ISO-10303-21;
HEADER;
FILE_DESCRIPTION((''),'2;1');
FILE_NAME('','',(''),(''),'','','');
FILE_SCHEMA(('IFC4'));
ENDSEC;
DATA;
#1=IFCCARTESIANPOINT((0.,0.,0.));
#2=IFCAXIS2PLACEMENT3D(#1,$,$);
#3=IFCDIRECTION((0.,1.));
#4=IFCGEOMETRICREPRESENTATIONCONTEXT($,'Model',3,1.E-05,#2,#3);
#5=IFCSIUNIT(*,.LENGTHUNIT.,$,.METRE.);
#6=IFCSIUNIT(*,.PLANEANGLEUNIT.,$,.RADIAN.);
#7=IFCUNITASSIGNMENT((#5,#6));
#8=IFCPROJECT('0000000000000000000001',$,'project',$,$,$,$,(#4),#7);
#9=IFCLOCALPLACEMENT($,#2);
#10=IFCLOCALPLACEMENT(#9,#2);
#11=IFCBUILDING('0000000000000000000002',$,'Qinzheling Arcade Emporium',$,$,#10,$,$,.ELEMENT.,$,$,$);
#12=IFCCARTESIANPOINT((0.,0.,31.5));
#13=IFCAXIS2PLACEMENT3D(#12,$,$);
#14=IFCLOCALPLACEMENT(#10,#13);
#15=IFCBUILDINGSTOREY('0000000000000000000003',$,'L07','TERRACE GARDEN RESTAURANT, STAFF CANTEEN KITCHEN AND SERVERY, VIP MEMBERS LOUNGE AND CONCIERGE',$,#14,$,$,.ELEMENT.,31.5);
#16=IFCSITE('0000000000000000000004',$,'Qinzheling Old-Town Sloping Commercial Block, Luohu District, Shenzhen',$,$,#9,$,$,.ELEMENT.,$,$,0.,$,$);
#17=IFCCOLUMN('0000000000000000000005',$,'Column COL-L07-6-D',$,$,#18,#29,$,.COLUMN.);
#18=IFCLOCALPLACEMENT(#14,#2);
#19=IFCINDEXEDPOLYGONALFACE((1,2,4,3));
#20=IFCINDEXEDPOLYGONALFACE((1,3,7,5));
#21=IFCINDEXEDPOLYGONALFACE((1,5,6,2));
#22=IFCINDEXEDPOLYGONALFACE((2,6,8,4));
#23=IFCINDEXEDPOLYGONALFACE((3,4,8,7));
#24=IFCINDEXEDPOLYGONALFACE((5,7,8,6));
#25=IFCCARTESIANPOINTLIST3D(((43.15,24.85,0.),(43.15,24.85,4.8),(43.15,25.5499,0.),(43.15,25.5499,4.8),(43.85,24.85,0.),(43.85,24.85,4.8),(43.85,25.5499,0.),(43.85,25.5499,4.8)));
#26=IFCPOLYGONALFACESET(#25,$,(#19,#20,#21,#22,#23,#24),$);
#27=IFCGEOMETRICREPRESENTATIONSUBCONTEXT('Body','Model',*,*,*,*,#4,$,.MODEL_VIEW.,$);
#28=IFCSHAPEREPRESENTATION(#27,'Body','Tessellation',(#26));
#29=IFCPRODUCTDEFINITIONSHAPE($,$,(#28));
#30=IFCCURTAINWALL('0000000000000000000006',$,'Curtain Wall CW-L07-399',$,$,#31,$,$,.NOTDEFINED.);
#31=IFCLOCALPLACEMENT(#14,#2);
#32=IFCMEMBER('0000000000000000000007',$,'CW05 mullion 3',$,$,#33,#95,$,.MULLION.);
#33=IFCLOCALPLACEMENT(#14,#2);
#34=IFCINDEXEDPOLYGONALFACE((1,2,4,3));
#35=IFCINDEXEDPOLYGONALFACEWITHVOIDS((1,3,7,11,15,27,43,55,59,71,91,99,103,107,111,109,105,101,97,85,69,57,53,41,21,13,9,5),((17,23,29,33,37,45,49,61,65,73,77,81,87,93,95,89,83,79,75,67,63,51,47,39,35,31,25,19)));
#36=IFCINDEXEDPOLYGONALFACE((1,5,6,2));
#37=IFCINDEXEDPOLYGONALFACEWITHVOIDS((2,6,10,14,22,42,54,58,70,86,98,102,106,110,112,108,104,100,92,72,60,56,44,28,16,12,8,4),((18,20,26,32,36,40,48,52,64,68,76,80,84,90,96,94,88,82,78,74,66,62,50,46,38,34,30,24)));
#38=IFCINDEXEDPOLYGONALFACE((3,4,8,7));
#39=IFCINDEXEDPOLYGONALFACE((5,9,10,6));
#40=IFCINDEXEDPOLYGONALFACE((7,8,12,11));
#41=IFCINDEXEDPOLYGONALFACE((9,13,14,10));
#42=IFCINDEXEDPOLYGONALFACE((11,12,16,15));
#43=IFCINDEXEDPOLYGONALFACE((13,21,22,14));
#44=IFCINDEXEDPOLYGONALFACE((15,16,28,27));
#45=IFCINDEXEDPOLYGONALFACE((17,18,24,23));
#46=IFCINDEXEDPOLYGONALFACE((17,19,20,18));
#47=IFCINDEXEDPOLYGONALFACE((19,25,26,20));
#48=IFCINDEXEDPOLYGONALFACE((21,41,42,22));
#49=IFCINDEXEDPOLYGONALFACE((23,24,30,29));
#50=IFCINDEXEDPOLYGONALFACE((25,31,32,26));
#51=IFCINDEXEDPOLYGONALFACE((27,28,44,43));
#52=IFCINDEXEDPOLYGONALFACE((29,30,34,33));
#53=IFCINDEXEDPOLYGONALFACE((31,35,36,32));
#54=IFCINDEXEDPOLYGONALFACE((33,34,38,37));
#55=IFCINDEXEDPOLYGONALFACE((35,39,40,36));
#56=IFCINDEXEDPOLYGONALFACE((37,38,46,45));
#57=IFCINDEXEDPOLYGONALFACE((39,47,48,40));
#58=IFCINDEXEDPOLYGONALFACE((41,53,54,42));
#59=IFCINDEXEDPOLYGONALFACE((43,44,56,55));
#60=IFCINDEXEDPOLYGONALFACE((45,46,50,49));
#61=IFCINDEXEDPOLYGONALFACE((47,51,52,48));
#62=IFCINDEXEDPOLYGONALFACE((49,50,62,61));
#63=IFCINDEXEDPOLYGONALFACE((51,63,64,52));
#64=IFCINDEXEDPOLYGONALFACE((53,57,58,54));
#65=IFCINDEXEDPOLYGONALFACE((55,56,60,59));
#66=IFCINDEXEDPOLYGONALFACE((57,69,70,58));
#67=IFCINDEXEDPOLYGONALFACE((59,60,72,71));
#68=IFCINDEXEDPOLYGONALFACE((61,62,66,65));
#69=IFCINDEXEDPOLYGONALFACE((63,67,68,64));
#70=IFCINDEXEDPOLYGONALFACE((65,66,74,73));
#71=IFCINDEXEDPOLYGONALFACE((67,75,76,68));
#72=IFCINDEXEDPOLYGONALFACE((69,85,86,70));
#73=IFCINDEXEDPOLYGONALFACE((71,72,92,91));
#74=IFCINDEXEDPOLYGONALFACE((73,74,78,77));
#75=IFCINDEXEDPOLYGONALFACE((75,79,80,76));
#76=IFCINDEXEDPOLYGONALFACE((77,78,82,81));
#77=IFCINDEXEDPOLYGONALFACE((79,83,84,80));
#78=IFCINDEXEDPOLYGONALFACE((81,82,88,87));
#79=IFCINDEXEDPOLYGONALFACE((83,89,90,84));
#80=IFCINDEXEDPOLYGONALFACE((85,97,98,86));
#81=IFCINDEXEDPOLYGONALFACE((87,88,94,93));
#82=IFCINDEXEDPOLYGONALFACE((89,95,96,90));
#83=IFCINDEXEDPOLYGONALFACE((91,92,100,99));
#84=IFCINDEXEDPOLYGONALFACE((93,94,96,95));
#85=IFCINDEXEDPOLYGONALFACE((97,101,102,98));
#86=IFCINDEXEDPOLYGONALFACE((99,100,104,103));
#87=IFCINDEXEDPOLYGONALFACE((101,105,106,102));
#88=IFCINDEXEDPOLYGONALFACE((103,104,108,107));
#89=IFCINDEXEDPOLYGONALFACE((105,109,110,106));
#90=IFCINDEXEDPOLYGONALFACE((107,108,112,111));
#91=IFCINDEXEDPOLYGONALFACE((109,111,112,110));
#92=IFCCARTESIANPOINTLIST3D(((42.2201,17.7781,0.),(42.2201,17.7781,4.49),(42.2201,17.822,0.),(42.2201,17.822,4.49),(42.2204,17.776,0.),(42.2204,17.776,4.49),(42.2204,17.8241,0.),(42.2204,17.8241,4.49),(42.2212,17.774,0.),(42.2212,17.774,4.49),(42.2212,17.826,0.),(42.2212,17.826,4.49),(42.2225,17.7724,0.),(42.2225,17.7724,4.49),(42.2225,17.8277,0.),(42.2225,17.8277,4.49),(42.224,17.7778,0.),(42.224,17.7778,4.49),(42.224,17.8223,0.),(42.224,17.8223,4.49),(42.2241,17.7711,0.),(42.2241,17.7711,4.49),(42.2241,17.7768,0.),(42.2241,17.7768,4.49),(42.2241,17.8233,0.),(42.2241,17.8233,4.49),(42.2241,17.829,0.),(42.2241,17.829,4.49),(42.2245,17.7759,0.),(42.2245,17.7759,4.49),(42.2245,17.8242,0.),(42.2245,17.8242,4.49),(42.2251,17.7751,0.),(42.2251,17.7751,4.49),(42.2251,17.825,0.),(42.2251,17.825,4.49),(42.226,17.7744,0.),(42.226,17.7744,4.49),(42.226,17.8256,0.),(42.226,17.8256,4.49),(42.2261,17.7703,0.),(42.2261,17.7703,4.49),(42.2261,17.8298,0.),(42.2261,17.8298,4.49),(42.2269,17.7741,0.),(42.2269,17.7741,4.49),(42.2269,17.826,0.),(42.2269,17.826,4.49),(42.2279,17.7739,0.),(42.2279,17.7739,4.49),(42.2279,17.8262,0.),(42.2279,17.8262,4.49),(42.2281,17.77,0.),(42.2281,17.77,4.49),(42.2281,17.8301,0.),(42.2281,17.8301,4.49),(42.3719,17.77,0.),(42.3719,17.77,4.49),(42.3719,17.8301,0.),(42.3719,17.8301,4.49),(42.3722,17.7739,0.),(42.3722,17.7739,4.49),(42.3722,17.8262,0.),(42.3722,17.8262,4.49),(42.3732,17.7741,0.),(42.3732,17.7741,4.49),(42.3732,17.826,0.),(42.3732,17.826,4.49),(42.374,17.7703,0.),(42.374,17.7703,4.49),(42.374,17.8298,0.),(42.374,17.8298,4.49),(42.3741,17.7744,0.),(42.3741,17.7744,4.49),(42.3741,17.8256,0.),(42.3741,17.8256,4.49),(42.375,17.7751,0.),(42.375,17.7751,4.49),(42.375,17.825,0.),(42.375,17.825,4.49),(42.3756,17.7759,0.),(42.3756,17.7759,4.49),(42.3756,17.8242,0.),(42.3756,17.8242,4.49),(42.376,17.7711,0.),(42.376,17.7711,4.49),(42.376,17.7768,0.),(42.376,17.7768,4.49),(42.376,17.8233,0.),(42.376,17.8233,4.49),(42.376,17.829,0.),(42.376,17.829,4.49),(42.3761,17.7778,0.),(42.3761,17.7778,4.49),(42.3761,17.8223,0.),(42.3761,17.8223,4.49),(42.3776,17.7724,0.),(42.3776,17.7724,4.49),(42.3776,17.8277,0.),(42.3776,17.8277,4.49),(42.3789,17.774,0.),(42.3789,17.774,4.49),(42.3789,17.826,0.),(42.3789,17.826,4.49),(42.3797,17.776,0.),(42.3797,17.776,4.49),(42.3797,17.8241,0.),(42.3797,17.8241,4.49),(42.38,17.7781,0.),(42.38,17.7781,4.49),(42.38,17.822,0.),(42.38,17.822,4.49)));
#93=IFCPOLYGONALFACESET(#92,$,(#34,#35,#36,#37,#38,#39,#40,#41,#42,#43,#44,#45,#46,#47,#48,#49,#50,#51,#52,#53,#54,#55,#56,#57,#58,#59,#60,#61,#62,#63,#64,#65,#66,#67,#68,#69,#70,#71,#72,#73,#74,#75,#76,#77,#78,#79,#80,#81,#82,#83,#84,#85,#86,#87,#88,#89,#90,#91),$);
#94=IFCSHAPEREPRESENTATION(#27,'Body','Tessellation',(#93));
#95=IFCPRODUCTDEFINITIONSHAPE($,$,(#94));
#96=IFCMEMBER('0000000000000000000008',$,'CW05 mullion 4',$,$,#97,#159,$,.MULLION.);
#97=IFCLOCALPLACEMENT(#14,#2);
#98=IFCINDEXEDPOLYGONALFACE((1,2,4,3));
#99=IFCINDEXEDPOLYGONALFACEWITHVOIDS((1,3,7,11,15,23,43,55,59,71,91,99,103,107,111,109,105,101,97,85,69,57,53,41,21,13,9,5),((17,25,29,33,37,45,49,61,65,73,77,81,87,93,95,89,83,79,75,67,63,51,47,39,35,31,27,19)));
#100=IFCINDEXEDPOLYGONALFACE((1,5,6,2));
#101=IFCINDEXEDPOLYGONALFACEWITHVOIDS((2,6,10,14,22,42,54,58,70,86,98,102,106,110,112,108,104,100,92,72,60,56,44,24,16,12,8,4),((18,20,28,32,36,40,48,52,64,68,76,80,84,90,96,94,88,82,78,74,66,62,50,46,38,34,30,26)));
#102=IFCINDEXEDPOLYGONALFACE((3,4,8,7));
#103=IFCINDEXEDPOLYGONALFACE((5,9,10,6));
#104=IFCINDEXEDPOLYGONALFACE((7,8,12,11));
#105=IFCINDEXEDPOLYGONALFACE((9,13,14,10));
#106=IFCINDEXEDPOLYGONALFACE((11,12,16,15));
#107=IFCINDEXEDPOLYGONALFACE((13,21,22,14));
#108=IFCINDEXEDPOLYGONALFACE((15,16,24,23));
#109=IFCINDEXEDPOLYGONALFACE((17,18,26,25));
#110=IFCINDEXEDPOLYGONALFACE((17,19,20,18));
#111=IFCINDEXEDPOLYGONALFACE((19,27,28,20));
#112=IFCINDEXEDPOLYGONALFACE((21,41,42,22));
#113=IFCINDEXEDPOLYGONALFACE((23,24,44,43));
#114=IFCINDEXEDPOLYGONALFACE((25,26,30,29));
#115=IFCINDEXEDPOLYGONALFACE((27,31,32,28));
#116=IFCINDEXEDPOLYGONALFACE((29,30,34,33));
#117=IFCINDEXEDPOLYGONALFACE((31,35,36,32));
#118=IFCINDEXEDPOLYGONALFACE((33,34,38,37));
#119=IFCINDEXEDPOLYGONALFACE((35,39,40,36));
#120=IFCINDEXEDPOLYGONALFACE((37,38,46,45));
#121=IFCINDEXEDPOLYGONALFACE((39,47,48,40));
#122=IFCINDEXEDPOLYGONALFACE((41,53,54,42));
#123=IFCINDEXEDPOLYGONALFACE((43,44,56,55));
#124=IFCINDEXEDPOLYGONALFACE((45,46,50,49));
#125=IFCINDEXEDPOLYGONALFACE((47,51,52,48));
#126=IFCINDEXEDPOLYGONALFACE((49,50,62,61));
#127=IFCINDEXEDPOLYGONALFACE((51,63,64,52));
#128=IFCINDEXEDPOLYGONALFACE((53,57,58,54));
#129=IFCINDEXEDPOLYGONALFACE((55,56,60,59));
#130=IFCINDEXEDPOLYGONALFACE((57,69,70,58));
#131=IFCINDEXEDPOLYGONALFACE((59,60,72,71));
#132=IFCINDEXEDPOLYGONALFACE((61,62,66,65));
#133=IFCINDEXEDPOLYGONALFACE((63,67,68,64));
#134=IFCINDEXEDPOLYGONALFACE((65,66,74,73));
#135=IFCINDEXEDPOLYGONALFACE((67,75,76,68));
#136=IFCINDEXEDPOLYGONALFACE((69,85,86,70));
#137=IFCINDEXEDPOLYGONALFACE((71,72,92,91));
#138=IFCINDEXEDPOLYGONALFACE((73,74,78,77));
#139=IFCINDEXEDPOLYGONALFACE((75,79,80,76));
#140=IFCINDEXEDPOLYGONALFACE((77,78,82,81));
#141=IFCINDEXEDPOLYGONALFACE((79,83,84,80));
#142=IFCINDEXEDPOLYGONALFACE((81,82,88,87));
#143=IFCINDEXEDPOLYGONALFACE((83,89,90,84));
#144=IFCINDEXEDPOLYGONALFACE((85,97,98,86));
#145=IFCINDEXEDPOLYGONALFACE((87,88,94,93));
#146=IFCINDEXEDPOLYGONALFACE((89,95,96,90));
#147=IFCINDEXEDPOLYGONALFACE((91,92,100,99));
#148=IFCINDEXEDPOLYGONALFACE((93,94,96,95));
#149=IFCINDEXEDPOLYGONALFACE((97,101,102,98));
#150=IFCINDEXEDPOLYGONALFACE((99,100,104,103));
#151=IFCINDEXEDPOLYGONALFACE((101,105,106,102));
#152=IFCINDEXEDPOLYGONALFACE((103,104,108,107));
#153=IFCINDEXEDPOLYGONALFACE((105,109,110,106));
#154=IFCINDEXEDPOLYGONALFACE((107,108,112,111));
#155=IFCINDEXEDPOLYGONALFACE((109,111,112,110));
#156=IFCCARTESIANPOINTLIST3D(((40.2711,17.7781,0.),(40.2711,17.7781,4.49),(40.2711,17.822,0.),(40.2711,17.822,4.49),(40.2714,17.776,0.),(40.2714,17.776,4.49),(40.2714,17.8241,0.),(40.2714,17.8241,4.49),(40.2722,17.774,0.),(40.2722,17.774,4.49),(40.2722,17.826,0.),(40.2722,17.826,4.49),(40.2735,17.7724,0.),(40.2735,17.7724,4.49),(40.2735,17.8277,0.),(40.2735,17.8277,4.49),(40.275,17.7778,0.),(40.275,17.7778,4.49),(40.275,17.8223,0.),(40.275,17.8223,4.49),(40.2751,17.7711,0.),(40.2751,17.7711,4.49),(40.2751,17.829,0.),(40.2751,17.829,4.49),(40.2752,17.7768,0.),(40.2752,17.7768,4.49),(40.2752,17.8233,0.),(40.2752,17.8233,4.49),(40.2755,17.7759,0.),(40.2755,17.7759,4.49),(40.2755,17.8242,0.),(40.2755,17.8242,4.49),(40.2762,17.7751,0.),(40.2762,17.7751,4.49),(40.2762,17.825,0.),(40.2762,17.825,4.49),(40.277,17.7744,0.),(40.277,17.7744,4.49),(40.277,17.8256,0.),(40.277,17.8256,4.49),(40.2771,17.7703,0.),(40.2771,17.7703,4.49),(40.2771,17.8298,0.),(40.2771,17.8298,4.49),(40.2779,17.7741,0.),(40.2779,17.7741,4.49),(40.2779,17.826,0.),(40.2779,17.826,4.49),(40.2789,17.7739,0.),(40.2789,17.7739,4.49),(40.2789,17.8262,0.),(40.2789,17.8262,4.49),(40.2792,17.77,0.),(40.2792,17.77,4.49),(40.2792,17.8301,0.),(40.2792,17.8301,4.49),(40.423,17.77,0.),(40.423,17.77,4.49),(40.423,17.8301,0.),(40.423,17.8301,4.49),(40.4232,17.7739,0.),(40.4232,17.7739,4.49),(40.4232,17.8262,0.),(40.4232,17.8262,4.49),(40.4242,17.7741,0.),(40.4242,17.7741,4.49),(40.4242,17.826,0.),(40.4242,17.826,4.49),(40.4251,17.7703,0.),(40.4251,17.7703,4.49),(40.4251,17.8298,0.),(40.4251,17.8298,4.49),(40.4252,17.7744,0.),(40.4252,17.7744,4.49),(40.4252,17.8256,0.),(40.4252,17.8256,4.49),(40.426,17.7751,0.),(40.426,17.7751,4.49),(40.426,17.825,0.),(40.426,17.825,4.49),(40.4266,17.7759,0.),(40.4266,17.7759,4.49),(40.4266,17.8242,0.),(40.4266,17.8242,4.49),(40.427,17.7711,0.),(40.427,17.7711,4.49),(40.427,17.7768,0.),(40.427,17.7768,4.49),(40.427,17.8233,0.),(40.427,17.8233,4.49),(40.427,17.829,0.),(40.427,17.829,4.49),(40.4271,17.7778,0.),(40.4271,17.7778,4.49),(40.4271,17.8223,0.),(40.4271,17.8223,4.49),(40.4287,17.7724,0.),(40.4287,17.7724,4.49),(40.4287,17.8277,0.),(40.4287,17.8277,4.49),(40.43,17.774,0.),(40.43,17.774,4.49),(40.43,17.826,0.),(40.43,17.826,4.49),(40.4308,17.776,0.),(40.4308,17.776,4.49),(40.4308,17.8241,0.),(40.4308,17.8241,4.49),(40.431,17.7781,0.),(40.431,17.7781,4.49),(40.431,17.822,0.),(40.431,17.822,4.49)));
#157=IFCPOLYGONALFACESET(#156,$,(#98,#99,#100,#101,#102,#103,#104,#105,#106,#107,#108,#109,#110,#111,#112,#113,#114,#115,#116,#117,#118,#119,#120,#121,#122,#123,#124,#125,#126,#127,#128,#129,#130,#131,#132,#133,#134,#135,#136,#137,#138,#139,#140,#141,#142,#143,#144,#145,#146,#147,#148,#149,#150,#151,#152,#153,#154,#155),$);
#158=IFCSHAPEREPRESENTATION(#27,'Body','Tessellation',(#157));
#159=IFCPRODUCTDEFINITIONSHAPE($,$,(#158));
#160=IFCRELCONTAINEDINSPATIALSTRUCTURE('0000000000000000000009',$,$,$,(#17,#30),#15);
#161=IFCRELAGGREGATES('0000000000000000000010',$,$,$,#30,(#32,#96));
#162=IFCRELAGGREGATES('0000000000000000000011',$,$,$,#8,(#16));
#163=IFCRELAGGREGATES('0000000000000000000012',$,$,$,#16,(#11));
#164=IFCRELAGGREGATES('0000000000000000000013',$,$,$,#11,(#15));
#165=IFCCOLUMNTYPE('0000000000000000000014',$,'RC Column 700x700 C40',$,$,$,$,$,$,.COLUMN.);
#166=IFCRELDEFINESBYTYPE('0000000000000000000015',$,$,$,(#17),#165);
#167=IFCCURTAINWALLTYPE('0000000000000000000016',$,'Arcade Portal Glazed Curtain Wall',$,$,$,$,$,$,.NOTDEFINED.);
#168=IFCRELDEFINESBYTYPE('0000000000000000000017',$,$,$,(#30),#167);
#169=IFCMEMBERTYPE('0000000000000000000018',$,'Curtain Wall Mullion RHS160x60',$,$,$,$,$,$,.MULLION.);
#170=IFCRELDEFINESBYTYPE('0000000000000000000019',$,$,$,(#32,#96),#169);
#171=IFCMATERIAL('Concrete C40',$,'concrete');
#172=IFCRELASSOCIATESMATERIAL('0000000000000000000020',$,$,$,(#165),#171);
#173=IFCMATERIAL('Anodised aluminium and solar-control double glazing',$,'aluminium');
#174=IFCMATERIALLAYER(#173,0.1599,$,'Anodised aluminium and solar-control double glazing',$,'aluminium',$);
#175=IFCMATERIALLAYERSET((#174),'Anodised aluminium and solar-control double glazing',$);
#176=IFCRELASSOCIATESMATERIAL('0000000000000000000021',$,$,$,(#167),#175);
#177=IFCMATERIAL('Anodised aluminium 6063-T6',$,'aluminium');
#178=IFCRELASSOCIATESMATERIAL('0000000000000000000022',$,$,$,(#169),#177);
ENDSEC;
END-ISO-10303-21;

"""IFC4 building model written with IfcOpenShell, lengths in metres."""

from ifc_helpers import new_model, si_unit, direction, frame, origin, origin_2d, place, context, subcontext, project, spatial, rectangle, hollow_rectangle, extrude, material, layer, layer_set, material_profile, profile_set, type_object, element, aggregate, save


model = new_model("IFC4")

# Units and contexts
model_context = context("Model", 3, precision=1e-05, world=origin(), true_north=direction((0.0, 1.0)))
body_context = subcontext(model_context, "Body", "Model", "MODEL_VIEW")
ifc_project = project(units=[si_unit("LENGTHUNIT", "METRE"), si_unit("PLANEANGLEUNIT", "RADIAN")], contexts=[model_context])

# Site, building, storey
site_placement = place(None, origin())
site = spatial("IfcSite", under=ifc_project, at=site_placement, Name="Qinzheling Old-Town Sloping Commercial Block, Luohu District, Shenzhen", CompositionType="ELEMENT", RefElevation=0.0)
building_placement = place(site_placement, origin())
building = spatial("IfcBuilding", under=site, at=building_placement, Name="Qinzheling Arcade Emporium", CompositionType="ELEMENT")
storey_placement = place(building_placement, frame((0.0, 0.0, 31.5)))
storey = spatial("IfcBuildingStorey", under=building, at=storey_placement, Name="L07", Description="TERRACE GARDEN RESTAURANT, STAFF CANTEEN KITCHEN AND SERVERY, VIP MEMBERS LOUNGE AND CONCIERGE", CompositionType="ELEMENT", Elevation=31.5)

# Column
ifc_material_1 = material(Name="Concrete C40", Category="concrete")
ifc_material_profile_1 = material_profile(ifc_material_1, rectangle(XDim=0.7, YDim=0.7, at=origin_2d()), Name="RC 700x700", Category="concrete")
ifc_profile_set_1 = profile_set([ifc_material_profile_1], Name="Concrete C40")
column_type = type_object("IfcColumnType", Name="RC Column 700x700 C40", PredefinedType="COLUMN", material=ifc_profile_set_1)
column_placement = place(storey_placement, frame((43.5, 25.2, 0.0), z_axis=(0.0, 0.0, 1.0), x_axis=(1.0, 0.0, 0.0)))
element("IfcColumn", 1, at=column_placement, inside=storey, type_object=column_type, Name="Column COL-L07-6-D", PredefinedType="COLUMN", context=body_context, shape_type="SweptSolid", body=[
    extrude(rectangle(XDim=0.7, YDim=0.7, at=origin_2d()), origin(), (0.0, 0.0, 1.0), 4.8),
])

# Curtain wall, members
ifc_material_2 = material(Name="Anodised aluminium and solar-control double glazing", Category="aluminium")
ifc_layer_1 = layer(ifc_material_2, 0.1599, Name="Anodised aluminium and solar-control double glazing", Category="aluminium")
ifc_layer_set_1 = layer_set([ifc_layer_1], Name="Anodised aluminium and solar-control double glazing")
curtain_wall_type = type_object("IfcCurtainWallType", Name="Arcade Portal Glazed Curtain Wall", PredefinedType="NOTDEFINED", material=ifc_layer_set_1)
curtain_wall_placement = place(storey_placement, origin())
curtain_wall = element("IfcCurtainWall", 2, at=curtain_wall_placement, inside=storey, type_object=curtain_wall_type, Name="Curtain Wall CW-L07-399", PredefinedType="NOTDEFINED")
ifc_material_3 = material(Name="Anodised aluminium 6063-T6", Category="aluminium")
ifc_material_profile_2 = material_profile(ifc_material_3, hollow_rectangle(XDim=0.0601, YDim=0.1599, WallThickness=0.0039, InnerFilletRadius=0.0039, OuterFilletRadius=0.0081, at=origin_2d()), Name="RHS 160x60x4", Category="aluminium")
ifc_profile_set_2 = profile_set([ifc_material_profile_2], Name="Anodised aluminium 6063-T6")
member_type_1 = type_object("IfcMemberType", Name="Curtain Wall Mullion RHS160x60", PredefinedType="MULLION", material=ifc_profile_set_2)
member_1_placement = place(storey_placement, frame((42.3, 17.8, 0.0), z_axis=(0.0, 0.0, 1.0), x_axis=(0.0, -1.0, 0.0)))
member_1 = element("IfcMember", 3, at=member_1_placement, type_object=member_type_1, Name="CW05 mullion 3", PredefinedType="MULLION", context=body_context, shape_type="SweptSolid", body=[
    extrude(hollow_rectangle(XDim=0.0601, YDim=0.1599, WallThickness=0.0039, InnerFilletRadius=0.0039, OuterFilletRadius=0.0081, at=origin_2d()), origin(), (0.0, 0.0, 1.0), 4.49),
])
member_2_placement = place(storey_placement, frame((40.3511, 17.8, 0.0), z_axis=(0.0, 0.0, 1.0), x_axis=(0.0, -1.0, 0.0)))
member_2 = element("IfcMember", 4, at=member_2_placement, type_object=member_type_1, Name="CW05 mullion 4", PredefinedType="MULLION", context=body_context, shape_type="SweptSolid", body=[
    extrude(hollow_rectangle(XDim=0.0601, YDim=0.1599, WallThickness=0.0039, InnerFilletRadius=0.0039, OuterFilletRadius=0.0081, at=origin_2d()), origin(), (0.0, 0.0, 1.0), 4.49),
])

aggregate(curtain_wall, [member_1, member_2])

save(model, "model.ifc")
